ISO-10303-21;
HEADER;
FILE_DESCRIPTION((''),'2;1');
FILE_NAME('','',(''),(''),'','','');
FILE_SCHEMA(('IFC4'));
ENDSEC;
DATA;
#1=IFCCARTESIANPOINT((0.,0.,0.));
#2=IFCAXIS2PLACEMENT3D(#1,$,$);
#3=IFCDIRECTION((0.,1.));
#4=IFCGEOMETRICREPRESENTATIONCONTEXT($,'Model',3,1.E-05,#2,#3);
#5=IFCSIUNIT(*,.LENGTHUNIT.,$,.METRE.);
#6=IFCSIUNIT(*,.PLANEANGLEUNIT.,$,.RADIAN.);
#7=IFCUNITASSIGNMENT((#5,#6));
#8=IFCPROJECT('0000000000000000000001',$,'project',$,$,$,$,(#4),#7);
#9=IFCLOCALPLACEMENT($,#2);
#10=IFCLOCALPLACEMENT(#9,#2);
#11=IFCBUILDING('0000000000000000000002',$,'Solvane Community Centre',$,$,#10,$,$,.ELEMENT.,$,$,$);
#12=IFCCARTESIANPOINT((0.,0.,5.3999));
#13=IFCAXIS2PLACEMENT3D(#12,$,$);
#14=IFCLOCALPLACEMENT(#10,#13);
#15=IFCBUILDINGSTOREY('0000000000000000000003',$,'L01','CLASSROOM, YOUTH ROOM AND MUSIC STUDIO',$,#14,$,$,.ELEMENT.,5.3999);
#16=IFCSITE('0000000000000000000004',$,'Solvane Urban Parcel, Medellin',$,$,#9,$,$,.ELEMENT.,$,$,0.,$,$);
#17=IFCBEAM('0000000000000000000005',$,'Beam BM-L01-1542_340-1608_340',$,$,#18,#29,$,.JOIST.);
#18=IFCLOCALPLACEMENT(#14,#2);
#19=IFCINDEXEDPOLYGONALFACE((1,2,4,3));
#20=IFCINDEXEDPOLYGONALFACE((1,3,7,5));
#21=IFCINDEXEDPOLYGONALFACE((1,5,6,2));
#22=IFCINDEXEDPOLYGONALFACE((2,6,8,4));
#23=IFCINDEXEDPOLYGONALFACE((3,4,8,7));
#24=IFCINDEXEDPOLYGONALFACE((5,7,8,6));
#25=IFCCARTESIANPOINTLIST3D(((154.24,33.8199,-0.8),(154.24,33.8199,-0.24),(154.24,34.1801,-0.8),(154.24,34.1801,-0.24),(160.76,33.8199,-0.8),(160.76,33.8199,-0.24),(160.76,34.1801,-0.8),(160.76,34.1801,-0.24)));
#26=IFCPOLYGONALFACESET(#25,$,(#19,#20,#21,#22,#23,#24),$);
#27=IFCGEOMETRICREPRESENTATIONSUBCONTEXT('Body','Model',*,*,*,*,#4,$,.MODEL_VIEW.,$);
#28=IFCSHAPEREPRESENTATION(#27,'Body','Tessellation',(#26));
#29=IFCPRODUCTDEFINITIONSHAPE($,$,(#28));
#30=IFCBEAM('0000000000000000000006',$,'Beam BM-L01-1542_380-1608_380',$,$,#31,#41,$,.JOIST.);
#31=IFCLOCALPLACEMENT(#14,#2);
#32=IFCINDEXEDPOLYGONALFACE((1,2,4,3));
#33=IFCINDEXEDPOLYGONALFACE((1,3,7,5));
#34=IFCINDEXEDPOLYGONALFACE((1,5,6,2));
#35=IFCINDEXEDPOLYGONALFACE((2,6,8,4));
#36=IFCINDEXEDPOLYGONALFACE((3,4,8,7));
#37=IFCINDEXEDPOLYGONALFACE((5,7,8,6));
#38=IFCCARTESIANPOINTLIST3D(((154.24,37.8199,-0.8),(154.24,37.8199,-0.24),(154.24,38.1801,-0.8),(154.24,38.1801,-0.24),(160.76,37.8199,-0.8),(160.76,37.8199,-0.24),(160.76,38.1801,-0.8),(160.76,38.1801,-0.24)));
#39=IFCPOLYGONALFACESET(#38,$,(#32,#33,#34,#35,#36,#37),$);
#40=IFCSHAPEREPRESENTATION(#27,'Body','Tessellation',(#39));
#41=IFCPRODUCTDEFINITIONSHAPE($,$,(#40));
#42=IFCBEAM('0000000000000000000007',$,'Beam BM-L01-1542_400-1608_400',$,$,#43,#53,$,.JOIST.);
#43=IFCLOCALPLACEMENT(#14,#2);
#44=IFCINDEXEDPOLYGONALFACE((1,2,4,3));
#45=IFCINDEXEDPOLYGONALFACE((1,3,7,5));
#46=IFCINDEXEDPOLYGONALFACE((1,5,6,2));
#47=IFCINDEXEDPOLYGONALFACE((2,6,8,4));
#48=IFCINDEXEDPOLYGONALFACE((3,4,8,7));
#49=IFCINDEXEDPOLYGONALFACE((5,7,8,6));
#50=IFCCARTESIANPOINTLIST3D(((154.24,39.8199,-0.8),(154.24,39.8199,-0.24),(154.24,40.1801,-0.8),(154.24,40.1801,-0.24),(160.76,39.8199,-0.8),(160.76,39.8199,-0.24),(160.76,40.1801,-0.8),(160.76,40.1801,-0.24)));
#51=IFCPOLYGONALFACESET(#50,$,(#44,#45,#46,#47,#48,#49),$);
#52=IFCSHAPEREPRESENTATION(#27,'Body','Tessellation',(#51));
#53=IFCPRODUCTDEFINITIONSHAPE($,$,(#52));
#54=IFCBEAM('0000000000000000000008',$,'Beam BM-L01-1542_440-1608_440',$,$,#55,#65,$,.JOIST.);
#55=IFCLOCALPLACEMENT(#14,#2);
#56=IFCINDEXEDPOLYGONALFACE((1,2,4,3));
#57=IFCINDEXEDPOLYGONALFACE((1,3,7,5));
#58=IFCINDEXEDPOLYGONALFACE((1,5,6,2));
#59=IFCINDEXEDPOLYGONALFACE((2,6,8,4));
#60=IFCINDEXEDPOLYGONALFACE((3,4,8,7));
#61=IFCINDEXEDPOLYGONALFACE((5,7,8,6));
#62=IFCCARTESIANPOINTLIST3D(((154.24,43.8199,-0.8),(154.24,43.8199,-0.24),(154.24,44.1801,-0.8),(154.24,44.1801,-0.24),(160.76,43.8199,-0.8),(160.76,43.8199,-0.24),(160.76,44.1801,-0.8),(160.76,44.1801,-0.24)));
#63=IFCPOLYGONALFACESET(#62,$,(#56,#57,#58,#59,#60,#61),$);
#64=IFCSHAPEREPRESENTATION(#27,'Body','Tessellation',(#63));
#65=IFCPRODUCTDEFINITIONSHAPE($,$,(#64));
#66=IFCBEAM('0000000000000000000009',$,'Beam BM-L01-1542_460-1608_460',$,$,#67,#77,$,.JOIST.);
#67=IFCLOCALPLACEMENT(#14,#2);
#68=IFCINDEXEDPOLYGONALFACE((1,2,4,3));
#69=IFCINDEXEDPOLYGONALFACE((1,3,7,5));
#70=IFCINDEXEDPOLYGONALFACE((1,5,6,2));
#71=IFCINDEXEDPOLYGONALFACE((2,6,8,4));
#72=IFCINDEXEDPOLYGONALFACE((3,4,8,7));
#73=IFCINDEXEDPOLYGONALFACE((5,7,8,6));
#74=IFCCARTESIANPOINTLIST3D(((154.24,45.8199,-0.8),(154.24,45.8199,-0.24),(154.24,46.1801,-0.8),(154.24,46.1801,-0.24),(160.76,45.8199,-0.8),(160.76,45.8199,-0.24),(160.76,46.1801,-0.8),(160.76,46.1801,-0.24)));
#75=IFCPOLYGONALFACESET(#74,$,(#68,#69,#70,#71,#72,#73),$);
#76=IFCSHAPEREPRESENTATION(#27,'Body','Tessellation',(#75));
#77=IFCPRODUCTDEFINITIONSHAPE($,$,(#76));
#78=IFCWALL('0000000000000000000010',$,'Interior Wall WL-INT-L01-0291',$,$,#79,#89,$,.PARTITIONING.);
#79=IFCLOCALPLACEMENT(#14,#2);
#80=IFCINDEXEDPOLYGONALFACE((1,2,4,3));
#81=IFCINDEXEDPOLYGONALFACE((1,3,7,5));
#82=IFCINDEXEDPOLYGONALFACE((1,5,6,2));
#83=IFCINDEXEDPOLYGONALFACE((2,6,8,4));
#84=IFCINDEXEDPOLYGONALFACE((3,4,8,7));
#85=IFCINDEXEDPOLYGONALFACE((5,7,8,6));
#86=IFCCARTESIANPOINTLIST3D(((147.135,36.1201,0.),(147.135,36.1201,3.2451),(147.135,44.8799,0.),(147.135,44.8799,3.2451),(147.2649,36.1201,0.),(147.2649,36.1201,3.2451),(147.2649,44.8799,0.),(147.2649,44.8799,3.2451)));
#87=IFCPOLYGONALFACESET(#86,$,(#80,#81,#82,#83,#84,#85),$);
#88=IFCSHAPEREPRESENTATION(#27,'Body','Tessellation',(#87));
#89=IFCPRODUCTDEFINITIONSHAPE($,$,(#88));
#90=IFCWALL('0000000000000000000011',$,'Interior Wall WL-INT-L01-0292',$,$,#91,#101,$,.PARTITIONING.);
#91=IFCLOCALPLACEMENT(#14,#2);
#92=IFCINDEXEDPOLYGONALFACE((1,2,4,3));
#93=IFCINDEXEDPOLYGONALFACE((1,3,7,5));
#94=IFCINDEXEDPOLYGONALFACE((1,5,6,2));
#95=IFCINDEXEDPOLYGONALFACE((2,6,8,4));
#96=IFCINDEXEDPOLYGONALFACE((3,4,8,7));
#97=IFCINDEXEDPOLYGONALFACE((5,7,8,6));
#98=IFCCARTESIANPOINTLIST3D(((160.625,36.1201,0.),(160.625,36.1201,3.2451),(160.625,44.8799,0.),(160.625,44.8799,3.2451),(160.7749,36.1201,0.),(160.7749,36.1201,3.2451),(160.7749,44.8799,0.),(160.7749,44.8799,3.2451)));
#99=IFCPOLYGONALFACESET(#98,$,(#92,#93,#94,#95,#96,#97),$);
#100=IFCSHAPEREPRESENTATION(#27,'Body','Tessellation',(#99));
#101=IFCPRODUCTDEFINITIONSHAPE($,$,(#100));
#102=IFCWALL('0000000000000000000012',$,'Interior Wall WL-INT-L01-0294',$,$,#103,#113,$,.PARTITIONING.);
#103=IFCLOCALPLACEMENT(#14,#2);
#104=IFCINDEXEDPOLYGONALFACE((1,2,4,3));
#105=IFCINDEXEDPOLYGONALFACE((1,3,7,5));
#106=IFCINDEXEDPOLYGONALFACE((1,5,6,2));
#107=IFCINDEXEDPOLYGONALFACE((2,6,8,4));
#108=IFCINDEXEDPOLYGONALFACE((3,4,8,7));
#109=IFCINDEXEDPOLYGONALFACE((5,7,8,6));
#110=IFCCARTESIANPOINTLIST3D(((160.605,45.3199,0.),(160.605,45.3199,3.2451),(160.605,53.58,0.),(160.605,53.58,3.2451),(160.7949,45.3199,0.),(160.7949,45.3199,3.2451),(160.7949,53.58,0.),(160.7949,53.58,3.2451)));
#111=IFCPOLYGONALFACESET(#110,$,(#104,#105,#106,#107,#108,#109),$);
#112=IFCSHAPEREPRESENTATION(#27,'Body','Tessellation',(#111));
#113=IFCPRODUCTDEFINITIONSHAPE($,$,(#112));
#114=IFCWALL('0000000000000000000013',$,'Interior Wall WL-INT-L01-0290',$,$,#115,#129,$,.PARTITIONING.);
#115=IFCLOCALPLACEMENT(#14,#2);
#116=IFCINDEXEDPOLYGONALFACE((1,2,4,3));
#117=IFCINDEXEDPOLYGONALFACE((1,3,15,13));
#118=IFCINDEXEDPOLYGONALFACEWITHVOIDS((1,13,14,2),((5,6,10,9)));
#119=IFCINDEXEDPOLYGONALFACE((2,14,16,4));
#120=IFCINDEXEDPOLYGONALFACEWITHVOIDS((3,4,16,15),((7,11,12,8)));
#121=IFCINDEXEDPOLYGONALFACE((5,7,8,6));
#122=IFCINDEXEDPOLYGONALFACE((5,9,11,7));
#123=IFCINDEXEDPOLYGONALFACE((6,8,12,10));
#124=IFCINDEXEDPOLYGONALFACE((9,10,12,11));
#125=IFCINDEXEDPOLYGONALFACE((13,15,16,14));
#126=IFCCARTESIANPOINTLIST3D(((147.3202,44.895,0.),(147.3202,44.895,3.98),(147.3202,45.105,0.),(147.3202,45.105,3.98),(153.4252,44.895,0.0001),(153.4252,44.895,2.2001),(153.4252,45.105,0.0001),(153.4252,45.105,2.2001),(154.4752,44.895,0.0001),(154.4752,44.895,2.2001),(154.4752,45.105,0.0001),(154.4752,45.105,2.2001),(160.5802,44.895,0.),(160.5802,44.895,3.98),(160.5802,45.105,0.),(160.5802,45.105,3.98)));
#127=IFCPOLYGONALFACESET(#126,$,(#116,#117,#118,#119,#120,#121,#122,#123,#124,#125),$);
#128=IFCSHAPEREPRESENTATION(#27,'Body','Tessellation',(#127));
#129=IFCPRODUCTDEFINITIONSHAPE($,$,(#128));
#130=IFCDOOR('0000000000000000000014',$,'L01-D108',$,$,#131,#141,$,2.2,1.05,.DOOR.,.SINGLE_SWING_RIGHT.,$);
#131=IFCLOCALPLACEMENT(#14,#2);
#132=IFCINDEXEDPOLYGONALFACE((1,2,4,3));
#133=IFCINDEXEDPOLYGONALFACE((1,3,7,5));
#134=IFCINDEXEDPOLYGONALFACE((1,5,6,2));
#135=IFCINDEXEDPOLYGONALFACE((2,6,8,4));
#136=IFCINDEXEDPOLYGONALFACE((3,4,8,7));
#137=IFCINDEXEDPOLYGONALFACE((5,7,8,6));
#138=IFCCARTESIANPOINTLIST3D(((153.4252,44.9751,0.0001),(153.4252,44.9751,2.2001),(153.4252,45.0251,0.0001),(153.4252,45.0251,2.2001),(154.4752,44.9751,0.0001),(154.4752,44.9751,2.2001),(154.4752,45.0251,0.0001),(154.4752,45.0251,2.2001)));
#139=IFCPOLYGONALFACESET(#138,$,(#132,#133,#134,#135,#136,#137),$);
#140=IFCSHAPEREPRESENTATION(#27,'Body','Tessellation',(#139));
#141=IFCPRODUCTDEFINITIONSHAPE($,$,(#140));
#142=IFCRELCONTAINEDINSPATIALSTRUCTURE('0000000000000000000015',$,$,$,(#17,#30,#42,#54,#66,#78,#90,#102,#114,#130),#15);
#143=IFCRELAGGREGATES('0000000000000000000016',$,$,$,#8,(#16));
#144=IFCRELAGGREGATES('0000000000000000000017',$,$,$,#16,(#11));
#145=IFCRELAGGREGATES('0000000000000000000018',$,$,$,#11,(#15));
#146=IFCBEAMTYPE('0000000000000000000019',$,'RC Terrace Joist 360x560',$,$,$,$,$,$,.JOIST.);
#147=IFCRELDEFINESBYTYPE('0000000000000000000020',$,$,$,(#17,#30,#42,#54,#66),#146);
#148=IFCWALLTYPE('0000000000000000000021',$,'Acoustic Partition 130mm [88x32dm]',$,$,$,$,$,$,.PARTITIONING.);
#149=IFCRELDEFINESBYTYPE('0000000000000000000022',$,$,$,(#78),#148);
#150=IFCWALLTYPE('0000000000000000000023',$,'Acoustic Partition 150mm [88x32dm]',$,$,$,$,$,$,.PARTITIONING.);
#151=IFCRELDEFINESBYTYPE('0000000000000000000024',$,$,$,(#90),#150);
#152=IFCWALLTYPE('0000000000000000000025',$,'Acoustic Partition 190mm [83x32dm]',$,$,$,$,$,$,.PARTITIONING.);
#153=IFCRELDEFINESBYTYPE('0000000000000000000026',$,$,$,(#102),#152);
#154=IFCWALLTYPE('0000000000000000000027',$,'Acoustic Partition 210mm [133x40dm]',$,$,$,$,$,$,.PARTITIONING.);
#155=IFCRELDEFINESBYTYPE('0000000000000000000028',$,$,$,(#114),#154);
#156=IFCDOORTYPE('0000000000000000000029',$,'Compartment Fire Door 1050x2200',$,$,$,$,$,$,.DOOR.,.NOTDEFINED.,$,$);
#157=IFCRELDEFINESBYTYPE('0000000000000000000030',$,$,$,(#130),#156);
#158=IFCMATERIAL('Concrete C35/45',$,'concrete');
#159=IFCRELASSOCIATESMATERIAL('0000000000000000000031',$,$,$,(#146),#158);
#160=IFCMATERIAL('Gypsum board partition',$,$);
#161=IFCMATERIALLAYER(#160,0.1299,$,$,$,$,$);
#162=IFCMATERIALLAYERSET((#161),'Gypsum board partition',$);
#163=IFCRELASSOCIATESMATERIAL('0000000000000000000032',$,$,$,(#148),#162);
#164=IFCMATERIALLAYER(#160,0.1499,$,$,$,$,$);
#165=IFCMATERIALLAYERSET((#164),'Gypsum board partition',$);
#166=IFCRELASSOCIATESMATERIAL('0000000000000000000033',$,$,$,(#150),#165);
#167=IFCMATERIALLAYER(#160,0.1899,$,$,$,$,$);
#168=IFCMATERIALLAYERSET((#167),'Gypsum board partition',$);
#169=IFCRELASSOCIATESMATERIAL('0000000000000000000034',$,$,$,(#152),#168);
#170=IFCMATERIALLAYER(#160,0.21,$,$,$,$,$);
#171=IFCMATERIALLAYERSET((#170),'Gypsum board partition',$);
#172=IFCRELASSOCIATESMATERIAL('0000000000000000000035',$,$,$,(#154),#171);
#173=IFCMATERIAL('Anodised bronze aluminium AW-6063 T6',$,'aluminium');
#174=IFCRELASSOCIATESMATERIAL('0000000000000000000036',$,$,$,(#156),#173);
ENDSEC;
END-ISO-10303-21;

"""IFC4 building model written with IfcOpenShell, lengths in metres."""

from ifc_helpers import new_model, si_unit, direction, frame, frame_2d, origin, origin_2d, place, context, subcontext, project, spatial, rectangle, extrude, material, layer, layer_set, material_profile, profile_set, type_object, element, fill, save


model = new_model("IFC4")

# Units and contexts
model_context = context("Model", 3, precision=1e-05, world=origin(), true_north=direction((0.0, 1.0)))
body_context = subcontext(model_context, "Body", "Model", "MODEL_VIEW")
ifc_project = project(units=[si_unit("LENGTHUNIT", "METRE"), si_unit("PLANEANGLEUNIT", "RADIAN")], contexts=[model_context])

# Site, building, storey
site_placement = place(None, origin())
site = spatial("IfcSite", under=ifc_project, at=site_placement, Name="Solvane Urban Parcel, Medellin", CompositionType="ELEMENT", RefElevation=0.0)
building_placement = place(site_placement, origin())
building = spatial("IfcBuilding", under=site, at=building_placement, Name="Solvane Community Centre", CompositionType="ELEMENT")
storey_placement = place(building_placement, frame((0.0, 0.0, 5.3999)))
storey = spatial("IfcBuildingStorey", under=building, at=storey_placement, Name="L01", Description="CLASSROOM, YOUTH ROOM AND MUSIC STUDIO", CompositionType="ELEMENT", Elevation=5.3999)

# Shared definitions
ifc_material_1 = material(Name="Concrete C35/45", Category="concrete")

# Beams
ifc_material_profile_1 = material_profile(ifc_material_1, rectangle(XDim=0.3601, YDim=0.5601, at=origin_2d()), Name="RC 360x560")
ifc_profile_set_1 = profile_set([ifc_material_profile_1], Name="Concrete C35/45")
beam_type_1 = type_object("IfcBeamType", Name="RC Terrace Joist 360x560", PredefinedType="JOIST", material=ifc_profile_set_1)
for number, where, z_axis, x_axis, name in (
    (1, (154.24, 34.0, -0.52), (1.0, 0.0, 0.0), (0.0, 1.0, 0.0), "Beam BM-L01-1542_340-1608_340"),
    (2, (154.24, 38.0, -0.52), (1.0, 0.0, 0.0), (0.0, 1.0, 0.0), "Beam BM-L01-1542_380-1608_380"),
    (3, (154.24, 40.0, -0.52), (1.0, 0.0, 0.0), (0.0, 1.0, 0.0), "Beam BM-L01-1542_400-1608_400"),
    (4, (154.24, 44.0, -0.52), (1.0, 0.0, 0.0), (0.0, 1.0, 0.0), "Beam BM-L01-1542_440-1608_440"),
    (5, (154.24, 46.0, -0.52), (1.0, 0.0, 0.0), (0.0, 1.0, 0.0), "Beam BM-L01-1542_460-1608_460"),
):
    element("IfcBeam", number, at=place(storey_placement, frame(where, z_axis=z_axis, x_axis=x_axis)), inside=storey, type_object=beam_type_1, Name=name, PredefinedType="JOIST", context=body_context, shape_type="SweptSolid", body=[
        extrude(rectangle(XDim=0.3601, YDim=0.5601, at=origin_2d()), origin(), (0.0, 0.0, 1.0), 6.52),
    ])

# Walls
ifc_material_2 = material(Name="Gypsum board partition")
ifc_layer_1 = layer(ifc_material_2, 0.1299)
ifc_layer_set_1 = layer_set([ifc_layer_1], Name="Gypsum board partition")
wall_type_1 = type_object("IfcWallType", Name="Acoustic Partition 130mm [88x32dm]", PredefinedType="PARTITIONING", material=ifc_layer_set_1)
wall_1_placement = place(storey_placement, frame((147.2, 44.8799, 0.0), z_axis=(0.0, 0.0, 1.0), x_axis=(0.0, -1.0, 0.0)))
element("IfcWall", 6, at=wall_1_placement, inside=storey, type_object=wall_type_1, Name="Interior Wall WL-INT-L01-0291", PredefinedType="PARTITIONING", context=body_context, shape_type="SweptSolid", body=[
    extrude(rectangle(XDim=8.7598, YDim=0.1299, at=frame_2d((4.3799, 0.0))), origin(), (0.0, 0.0, 1.0), 3.2451),
])
ifc_layer_2 = layer(ifc_material_2, 0.1499)
ifc_layer_set_2 = layer_set([ifc_layer_2], Name="Gypsum board partition")
wall_type_2 = type_object("IfcWallType", Name="Acoustic Partition 150mm [88x32dm]", PredefinedType="PARTITIONING", material=ifc_layer_set_2)
wall_2_placement = place(storey_placement, frame((160.7, 36.1201, 0.0), z_axis=(0.0, 0.0, 1.0), x_axis=(0.0, 1.0, 0.0)))
element("IfcWall", 7, at=wall_2_placement, inside=storey, type_object=wall_type_2, Name="Interior Wall WL-INT-L01-0292", PredefinedType="PARTITIONING", context=body_context, shape_type="SweptSolid", body=[
    extrude(rectangle(XDim=8.7598, YDim=0.1499, at=frame_2d((4.3799, 0.0))), origin(), (0.0, 0.0, 1.0), 3.2451),
])
ifc_layer_3 = layer(ifc_material_2, 0.1899)
ifc_layer_set_3 = layer_set([ifc_layer_3], Name="Gypsum board partition")
wall_type_3 = type_object("IfcWallType", Name="Acoustic Partition 190mm [83x32dm]", PredefinedType="PARTITIONING", material=ifc_layer_set_3)
wall_3_placement = place(storey_placement, frame((160.7, 45.3201, 0.0), z_axis=(0.0, 0.0, 1.0), x_axis=(0.0, 1.0, 0.0)))
element("IfcWall", 8, at=wall_3_placement, inside=storey, type_object=wall_type_3, Name="Interior Wall WL-INT-L01-0294", PredefinedType="PARTITIONING", context=body_context, shape_type="SweptSolid", body=[
    extrude(rectangle(XDim=8.26, YDim=0.1899, at=frame_2d((4.1299, 0.0))), origin(), (0.0, 0.0, 1.0), 3.2451),
])

# Wall, opening, door
ifc_layer_4 = layer(ifc_material_2, 0.21)
ifc_layer_set_4 = layer_set([ifc_layer_4], Name="Gypsum board partition")
wall_type_4 = type_object("IfcWallType", Name="Acoustic Partition 210mm [133x40dm]", PredefinedType="PARTITIONING", material=ifc_layer_set_4)
wall_4_placement = place(storey_placement, frame((160.5801, 45.0, 0.0), z_axis=(0.0, 0.0, 1.0), x_axis=(-1.0, 0.0, 0.0)))
wall_4 = element("IfcWall", 9, at=wall_4_placement, inside=storey, type_object=wall_type_4, Name="Interior Wall WL-INT-L01-0290", PredefinedType="PARTITIONING", context=body_context, shape_type="SweptSolid", body=[
    extrude(rectangle(XDim=13.26, YDim=0.21, at=frame_2d((6.6299, 0.0))), origin(), (0.0, 0.0, 1.0), 3.98),
])
opening_placement = place(wall_4_placement, frame((6.105, 0.0, 0.0)))
opening = element("IfcOpeningElement", 10, at=opening_placement, cuts=wall_4, PredefinedType="OPENING", context=body_context, shape_type="SweptSolid", body=[
    extrude(rectangle(XDim=1.05, YDim=2.2, at=frame_2d((0.5249, 1.1001))), frame((0.0, 0.115, 0.0), z_axis=(0.0, -1.0, 0.0), x_axis=(1.0, 0.0, 0.0)), (0.0, 0.0, 1.0), 0.23),
])
ifc_material_3 = material(Name="Anodised bronze aluminium AW-6063 T6", Category="aluminium")
door_type = type_object("IfcDoorType", Name="Compartment Fire Door 1050x2200", OperationType="NOTDEFINED", PredefinedType="DOOR", material=ifc_material_3)
door_placement = place(opening_placement, origin())
door = element("IfcDoor", 11, at=door_placement, inside=storey, type_object=door_type, Name="L01-D108", OperationType="SINGLE_SWING_RIGHT", OverallHeight=2.2, OverallWidth=1.05, PredefinedType="DOOR", context=body_context, shape_type="SweptSolid", body=[
    extrude(rectangle(XDim=1.05, YDim=2.2, at=frame_2d((0.5249, 1.1001))), frame((0.0, 0.0249, 0.0), z_axis=(0.0, -1.0, 0.0), x_axis=(1.0, 0.0, 0.0)), (0.0, 0.0, 1.0), 0.05),
])
fill(opening, door)

save(model, "model.ifc")
